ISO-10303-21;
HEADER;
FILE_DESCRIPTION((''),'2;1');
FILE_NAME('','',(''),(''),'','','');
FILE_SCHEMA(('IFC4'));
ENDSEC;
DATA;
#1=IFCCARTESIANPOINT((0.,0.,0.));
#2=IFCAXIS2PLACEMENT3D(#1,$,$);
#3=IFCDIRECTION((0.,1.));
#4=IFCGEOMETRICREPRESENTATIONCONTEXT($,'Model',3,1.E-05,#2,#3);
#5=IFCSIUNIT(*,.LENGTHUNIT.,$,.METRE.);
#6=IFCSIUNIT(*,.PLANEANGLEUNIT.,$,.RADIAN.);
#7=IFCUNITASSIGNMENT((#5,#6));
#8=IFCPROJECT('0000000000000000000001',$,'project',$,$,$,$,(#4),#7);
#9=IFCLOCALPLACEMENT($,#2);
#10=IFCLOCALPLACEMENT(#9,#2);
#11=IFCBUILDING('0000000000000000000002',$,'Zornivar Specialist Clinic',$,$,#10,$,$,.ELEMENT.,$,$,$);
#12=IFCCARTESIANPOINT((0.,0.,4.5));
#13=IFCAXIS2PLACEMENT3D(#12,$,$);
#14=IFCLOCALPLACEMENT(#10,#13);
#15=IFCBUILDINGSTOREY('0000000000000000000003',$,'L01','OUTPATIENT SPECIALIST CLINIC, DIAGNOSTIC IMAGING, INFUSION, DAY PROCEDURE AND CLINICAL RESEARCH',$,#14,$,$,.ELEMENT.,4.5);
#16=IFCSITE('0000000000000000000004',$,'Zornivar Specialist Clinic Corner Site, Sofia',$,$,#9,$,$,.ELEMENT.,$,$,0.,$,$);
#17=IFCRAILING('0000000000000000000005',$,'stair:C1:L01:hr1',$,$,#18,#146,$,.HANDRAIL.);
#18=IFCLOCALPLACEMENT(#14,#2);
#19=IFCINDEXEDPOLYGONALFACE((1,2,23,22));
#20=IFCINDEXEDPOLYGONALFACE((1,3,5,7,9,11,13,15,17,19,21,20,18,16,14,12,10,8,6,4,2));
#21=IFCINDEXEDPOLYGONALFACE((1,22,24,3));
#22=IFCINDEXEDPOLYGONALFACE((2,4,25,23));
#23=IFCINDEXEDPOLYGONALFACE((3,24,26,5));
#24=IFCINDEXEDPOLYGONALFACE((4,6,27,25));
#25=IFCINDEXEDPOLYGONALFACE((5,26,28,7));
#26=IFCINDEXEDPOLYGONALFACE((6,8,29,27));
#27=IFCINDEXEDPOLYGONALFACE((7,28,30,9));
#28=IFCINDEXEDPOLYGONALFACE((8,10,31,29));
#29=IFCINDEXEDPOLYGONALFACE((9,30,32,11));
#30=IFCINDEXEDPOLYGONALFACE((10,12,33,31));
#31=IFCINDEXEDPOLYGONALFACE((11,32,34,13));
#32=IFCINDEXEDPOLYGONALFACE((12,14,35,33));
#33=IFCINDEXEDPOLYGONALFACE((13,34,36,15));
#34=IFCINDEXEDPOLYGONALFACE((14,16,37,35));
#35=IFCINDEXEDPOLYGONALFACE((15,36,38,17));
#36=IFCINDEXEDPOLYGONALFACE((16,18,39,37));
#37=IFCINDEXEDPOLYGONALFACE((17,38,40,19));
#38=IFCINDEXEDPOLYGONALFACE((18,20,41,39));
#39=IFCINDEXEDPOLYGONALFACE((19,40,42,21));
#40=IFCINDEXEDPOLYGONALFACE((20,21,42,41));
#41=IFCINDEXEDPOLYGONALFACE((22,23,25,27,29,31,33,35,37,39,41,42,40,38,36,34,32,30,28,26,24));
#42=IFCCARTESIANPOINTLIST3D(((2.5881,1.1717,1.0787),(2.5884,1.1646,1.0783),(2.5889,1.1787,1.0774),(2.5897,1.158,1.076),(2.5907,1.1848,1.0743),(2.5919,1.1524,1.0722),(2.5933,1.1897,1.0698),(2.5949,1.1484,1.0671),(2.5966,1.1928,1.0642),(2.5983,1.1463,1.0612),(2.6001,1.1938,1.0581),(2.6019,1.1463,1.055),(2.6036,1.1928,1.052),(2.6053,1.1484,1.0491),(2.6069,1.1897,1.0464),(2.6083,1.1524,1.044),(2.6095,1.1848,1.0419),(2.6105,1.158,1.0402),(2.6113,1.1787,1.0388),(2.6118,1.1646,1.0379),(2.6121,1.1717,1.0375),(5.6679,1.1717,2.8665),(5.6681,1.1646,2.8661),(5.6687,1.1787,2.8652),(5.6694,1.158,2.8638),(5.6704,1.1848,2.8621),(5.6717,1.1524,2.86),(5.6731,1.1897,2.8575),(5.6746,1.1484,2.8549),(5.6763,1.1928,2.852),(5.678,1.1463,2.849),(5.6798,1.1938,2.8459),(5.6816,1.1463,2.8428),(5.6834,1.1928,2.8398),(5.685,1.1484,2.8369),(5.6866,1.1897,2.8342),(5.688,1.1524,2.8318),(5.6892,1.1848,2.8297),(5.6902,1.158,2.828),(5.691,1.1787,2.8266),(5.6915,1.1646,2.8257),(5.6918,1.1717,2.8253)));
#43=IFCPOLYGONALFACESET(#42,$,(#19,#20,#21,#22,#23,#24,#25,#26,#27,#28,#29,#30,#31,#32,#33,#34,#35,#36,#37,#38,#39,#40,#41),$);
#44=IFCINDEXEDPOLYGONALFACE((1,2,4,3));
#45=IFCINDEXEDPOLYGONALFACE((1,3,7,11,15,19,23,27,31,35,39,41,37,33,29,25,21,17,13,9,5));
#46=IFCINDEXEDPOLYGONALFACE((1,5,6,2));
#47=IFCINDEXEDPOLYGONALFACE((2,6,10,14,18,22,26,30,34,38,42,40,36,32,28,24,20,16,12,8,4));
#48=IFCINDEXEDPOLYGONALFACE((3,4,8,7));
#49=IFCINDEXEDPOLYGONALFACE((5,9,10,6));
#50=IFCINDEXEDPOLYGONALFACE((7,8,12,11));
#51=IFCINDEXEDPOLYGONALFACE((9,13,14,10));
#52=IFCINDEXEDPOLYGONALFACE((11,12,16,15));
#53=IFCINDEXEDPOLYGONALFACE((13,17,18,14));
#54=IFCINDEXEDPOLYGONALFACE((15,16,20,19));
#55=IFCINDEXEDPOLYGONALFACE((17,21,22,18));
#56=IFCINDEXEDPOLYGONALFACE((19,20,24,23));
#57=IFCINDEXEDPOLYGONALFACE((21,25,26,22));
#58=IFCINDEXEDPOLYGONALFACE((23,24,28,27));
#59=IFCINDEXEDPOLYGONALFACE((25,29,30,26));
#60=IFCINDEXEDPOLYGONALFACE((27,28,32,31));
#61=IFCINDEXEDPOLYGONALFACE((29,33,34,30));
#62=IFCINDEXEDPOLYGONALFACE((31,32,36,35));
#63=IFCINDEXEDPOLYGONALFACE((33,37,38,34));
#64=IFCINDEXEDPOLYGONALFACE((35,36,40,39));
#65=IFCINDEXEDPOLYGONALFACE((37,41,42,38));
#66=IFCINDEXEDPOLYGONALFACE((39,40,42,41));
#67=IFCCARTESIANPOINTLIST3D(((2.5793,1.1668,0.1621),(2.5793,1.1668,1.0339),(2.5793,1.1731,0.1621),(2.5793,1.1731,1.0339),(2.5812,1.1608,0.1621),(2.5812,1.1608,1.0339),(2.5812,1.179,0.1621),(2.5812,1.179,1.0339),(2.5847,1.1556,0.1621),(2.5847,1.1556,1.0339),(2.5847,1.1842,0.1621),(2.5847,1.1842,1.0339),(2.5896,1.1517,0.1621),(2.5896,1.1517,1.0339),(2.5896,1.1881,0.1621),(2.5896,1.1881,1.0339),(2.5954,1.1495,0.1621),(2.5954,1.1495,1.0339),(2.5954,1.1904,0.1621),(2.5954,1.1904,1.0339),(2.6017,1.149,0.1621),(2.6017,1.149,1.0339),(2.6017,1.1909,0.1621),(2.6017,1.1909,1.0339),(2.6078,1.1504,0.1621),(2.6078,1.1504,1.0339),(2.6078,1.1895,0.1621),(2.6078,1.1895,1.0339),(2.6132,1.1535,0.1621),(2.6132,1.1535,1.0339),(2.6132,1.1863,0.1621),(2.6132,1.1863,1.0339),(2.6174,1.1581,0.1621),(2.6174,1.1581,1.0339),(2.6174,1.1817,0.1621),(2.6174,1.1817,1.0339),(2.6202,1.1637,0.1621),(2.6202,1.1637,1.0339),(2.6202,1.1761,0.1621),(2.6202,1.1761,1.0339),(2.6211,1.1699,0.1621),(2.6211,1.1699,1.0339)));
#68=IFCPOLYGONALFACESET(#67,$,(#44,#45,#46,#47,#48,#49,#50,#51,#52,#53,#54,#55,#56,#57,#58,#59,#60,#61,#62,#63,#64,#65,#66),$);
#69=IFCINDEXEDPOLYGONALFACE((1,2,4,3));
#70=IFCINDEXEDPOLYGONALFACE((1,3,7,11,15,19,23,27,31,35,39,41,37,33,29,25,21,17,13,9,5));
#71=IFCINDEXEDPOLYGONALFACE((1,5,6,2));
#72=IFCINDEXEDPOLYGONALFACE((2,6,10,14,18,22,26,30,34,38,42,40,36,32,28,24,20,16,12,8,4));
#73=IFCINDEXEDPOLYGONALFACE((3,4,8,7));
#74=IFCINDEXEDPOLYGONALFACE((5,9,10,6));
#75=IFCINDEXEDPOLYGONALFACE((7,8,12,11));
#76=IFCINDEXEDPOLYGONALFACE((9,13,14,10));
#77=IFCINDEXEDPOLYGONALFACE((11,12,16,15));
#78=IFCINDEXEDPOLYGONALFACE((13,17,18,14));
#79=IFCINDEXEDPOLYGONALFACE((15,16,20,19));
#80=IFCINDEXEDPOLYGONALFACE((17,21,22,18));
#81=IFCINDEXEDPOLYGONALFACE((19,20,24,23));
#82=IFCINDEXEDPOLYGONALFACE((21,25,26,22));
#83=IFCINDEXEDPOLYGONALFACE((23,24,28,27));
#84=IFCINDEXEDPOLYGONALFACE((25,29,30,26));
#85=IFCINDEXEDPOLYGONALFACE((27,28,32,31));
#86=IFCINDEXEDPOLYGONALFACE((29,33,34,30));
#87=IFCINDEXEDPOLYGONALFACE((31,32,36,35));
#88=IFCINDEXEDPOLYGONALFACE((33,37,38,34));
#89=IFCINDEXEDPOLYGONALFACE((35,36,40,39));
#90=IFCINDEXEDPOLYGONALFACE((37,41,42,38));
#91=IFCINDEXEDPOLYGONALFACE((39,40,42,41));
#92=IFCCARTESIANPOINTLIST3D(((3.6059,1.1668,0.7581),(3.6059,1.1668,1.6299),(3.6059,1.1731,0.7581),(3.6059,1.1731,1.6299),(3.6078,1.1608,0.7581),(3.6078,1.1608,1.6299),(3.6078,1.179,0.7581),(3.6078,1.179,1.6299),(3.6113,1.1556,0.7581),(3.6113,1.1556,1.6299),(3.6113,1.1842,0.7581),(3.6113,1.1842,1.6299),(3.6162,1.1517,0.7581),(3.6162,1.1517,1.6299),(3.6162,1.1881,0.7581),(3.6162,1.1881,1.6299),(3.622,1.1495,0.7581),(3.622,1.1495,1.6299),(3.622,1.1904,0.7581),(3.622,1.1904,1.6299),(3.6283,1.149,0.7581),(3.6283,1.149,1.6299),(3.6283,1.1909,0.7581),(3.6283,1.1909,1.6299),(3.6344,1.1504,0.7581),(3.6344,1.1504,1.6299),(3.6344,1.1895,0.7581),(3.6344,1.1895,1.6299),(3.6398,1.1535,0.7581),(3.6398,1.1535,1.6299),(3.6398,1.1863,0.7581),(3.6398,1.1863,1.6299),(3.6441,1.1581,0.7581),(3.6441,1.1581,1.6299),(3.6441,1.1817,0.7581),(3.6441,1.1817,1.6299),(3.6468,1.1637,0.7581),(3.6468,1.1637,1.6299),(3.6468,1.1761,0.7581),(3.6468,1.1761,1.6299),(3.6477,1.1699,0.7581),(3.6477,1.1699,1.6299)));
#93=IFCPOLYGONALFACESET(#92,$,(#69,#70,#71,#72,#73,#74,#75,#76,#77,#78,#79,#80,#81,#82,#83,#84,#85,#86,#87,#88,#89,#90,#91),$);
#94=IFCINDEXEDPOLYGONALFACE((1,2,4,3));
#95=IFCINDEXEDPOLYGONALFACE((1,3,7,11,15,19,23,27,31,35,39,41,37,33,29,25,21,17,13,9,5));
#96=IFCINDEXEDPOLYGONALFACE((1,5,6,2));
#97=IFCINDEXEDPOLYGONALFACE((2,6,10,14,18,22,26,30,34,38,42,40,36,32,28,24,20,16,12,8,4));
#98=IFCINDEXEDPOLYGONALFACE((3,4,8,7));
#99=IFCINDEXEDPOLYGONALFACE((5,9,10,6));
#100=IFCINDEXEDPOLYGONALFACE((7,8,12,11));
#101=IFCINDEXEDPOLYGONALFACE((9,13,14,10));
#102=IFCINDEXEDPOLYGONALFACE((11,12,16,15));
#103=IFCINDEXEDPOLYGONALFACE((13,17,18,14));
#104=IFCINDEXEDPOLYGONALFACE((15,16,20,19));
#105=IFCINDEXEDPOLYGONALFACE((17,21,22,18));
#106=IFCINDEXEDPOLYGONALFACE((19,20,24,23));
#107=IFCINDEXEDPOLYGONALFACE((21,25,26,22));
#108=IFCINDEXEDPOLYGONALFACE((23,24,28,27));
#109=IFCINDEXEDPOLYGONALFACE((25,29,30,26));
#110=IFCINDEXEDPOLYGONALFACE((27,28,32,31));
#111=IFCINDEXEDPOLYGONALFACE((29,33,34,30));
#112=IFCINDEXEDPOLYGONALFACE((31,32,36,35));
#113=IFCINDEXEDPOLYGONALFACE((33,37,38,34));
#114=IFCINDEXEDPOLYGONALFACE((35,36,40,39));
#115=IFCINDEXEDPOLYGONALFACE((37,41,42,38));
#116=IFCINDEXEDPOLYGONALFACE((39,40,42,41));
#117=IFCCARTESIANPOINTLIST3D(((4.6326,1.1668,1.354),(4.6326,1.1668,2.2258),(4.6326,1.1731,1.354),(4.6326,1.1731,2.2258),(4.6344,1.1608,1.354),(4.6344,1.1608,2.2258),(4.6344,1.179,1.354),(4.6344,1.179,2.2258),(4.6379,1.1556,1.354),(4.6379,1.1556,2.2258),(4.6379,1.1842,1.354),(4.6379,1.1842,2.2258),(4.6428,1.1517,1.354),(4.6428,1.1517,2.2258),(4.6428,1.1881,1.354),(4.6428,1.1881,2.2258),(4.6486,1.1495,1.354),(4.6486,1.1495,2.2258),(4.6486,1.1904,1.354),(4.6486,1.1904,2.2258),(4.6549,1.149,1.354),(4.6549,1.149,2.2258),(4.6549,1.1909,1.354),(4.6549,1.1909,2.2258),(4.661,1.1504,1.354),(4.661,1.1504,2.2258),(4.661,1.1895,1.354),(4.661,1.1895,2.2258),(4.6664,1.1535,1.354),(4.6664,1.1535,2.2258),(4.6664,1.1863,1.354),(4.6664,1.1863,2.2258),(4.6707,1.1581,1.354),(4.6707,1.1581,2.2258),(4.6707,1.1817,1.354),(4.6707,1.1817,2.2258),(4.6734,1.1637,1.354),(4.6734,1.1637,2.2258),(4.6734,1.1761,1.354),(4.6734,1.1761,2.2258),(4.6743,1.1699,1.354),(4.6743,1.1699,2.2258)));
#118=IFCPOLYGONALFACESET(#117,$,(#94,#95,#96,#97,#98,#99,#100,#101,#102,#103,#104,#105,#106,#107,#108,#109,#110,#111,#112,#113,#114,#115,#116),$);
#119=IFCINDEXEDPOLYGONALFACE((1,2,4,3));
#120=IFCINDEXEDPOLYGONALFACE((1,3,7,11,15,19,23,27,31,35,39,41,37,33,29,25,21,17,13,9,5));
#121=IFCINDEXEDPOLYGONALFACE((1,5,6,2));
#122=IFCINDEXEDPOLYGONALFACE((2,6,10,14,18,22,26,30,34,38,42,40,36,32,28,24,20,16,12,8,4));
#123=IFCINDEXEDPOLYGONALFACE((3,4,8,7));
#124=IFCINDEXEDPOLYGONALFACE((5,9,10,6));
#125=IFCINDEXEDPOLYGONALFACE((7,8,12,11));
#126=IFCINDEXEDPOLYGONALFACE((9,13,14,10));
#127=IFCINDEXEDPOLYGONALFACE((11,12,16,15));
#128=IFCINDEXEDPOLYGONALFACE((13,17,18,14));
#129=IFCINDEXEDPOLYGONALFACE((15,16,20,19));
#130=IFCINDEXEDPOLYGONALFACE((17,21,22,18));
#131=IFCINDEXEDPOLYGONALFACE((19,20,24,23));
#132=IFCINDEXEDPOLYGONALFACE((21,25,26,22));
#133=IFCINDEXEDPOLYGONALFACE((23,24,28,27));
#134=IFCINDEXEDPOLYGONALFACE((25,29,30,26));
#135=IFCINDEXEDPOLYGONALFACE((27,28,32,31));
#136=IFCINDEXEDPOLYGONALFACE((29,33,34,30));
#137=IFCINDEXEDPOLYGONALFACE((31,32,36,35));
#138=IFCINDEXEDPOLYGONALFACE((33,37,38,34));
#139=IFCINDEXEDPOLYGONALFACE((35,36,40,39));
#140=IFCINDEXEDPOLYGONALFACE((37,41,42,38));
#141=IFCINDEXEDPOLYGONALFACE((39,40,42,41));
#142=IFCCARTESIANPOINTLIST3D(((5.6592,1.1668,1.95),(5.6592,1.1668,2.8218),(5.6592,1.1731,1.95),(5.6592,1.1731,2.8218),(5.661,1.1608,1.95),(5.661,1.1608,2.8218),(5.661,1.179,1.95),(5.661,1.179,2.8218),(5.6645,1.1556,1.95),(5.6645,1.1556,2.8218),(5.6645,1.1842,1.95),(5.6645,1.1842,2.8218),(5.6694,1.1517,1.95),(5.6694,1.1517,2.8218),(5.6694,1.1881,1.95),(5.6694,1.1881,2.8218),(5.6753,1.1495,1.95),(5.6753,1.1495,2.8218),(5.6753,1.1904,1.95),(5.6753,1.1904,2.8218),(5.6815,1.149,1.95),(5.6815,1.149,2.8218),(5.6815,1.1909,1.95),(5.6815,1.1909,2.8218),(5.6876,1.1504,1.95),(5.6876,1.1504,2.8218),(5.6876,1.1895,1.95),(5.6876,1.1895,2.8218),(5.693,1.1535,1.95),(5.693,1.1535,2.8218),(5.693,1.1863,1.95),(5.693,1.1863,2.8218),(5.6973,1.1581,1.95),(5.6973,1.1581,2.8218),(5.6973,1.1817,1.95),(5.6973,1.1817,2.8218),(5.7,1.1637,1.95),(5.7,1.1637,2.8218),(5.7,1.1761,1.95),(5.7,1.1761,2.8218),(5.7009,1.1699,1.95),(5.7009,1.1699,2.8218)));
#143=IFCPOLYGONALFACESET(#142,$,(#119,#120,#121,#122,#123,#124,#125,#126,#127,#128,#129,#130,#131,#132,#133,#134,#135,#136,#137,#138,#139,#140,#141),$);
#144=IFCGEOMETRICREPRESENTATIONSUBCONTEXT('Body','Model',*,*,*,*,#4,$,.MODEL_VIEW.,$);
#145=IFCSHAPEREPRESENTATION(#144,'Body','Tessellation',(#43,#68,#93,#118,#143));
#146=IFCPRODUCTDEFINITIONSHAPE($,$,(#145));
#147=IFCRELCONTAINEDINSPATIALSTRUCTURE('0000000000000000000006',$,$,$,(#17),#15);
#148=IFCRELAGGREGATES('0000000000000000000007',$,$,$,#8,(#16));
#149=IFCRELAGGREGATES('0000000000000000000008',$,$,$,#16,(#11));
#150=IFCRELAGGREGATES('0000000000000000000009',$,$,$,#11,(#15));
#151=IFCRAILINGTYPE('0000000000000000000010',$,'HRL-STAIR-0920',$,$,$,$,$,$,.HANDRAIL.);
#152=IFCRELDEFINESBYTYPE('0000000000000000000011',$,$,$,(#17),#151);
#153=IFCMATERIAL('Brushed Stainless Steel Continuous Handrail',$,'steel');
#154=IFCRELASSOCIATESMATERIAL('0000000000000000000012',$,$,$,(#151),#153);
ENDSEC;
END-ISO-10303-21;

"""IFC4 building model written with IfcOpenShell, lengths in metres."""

from ifc_helpers import new_model, si_unit, direction, frame, origin, origin_2d, place, context, subcontext, project, spatial, circle, extrude, material, type_object, element, save


model = new_model("IFC4")

# Units and contexts
model_context = context("Model", 3, precision=1e-05, world=origin(), true_north=direction((0.0, 1.0)))
body_context = subcontext(model_context, "Body", "Model", "MODEL_VIEW")
ifc_project = project(units=[si_unit("LENGTHUNIT", "METRE"), si_unit("PLANEANGLEUNIT", "RADIAN")], contexts=[model_context])

# Site, building, storey
site_placement = place(None, origin())
site = spatial("IfcSite", under=ifc_project, at=site_placement, Name="Zornivar Specialist Clinic Corner Site, Sofia", CompositionType="ELEMENT", RefElevation=0.0)
building_placement = place(site_placement, origin())
building = spatial("IfcBuilding", under=site, at=building_placement, Name="Zornivar Specialist Clinic", CompositionType="ELEMENT")
storey_placement = place(building_placement, frame((0.0, 0.0, 4.5)))
storey = spatial("IfcBuildingStorey", under=building, at=storey_placement, Name="L01", Description="OUTPATIENT SPECIALIST CLINIC, DIAGNOSTIC IMAGING, INFUSION, DAY PROCEDURE AND CLINICAL RESEARCH", CompositionType="ELEMENT", Elevation=4.5)

# Railing
ifc_material_1 = material(Name="Brushed Stainless Steel Continuous Handrail", Category="steel")
railing_type_1 = type_object("IfcRailingType", Name="HRL-STAIR-0920", PredefinedType="HANDRAIL", material=ifc_material_1)
railing_1_placement = place(storey_placement, frame((2.6001, 1.1699, 0.1621)))
element("IfcRailing", 1, at=railing_1_placement, inside=storey, type_object=railing_type_1, Name="stair:C1:L01:hr1", PredefinedType="HANDRAIL", context=body_context, shape_type="SweptSolid", body=[
    extrude(circle(Radius=0.0239, at=origin_2d()), frame((0.0, 0.0, 0.896), z_axis=(0.864844, 0.0, 0.502041), x_axis=(0.0, 1.0, 0.0)), (0.0, 0.0, 1.0), 3.561),
    extrude(circle(Radius=0.021, at=origin_2d()), origin(), (0.0, 0.0, 1.0), 0.8718),
    extrude(circle(Radius=0.021, at=origin_2d()), frame((1.0266, 0.0, 0.5959)), (0.0, 0.0, 1.0), 0.8718),
    extrude(circle(Radius=0.021, at=origin_2d()), frame((2.0532, 0.0, 1.1919)), (0.0, 0.0, 1.0), 0.8718),
    extrude(circle(Radius=0.021, at=origin_2d()), frame((3.0798, 0.0, 1.7878)), (0.0, 0.0, 1.0), 0.8718),
])

save(model, "model.ifc")
